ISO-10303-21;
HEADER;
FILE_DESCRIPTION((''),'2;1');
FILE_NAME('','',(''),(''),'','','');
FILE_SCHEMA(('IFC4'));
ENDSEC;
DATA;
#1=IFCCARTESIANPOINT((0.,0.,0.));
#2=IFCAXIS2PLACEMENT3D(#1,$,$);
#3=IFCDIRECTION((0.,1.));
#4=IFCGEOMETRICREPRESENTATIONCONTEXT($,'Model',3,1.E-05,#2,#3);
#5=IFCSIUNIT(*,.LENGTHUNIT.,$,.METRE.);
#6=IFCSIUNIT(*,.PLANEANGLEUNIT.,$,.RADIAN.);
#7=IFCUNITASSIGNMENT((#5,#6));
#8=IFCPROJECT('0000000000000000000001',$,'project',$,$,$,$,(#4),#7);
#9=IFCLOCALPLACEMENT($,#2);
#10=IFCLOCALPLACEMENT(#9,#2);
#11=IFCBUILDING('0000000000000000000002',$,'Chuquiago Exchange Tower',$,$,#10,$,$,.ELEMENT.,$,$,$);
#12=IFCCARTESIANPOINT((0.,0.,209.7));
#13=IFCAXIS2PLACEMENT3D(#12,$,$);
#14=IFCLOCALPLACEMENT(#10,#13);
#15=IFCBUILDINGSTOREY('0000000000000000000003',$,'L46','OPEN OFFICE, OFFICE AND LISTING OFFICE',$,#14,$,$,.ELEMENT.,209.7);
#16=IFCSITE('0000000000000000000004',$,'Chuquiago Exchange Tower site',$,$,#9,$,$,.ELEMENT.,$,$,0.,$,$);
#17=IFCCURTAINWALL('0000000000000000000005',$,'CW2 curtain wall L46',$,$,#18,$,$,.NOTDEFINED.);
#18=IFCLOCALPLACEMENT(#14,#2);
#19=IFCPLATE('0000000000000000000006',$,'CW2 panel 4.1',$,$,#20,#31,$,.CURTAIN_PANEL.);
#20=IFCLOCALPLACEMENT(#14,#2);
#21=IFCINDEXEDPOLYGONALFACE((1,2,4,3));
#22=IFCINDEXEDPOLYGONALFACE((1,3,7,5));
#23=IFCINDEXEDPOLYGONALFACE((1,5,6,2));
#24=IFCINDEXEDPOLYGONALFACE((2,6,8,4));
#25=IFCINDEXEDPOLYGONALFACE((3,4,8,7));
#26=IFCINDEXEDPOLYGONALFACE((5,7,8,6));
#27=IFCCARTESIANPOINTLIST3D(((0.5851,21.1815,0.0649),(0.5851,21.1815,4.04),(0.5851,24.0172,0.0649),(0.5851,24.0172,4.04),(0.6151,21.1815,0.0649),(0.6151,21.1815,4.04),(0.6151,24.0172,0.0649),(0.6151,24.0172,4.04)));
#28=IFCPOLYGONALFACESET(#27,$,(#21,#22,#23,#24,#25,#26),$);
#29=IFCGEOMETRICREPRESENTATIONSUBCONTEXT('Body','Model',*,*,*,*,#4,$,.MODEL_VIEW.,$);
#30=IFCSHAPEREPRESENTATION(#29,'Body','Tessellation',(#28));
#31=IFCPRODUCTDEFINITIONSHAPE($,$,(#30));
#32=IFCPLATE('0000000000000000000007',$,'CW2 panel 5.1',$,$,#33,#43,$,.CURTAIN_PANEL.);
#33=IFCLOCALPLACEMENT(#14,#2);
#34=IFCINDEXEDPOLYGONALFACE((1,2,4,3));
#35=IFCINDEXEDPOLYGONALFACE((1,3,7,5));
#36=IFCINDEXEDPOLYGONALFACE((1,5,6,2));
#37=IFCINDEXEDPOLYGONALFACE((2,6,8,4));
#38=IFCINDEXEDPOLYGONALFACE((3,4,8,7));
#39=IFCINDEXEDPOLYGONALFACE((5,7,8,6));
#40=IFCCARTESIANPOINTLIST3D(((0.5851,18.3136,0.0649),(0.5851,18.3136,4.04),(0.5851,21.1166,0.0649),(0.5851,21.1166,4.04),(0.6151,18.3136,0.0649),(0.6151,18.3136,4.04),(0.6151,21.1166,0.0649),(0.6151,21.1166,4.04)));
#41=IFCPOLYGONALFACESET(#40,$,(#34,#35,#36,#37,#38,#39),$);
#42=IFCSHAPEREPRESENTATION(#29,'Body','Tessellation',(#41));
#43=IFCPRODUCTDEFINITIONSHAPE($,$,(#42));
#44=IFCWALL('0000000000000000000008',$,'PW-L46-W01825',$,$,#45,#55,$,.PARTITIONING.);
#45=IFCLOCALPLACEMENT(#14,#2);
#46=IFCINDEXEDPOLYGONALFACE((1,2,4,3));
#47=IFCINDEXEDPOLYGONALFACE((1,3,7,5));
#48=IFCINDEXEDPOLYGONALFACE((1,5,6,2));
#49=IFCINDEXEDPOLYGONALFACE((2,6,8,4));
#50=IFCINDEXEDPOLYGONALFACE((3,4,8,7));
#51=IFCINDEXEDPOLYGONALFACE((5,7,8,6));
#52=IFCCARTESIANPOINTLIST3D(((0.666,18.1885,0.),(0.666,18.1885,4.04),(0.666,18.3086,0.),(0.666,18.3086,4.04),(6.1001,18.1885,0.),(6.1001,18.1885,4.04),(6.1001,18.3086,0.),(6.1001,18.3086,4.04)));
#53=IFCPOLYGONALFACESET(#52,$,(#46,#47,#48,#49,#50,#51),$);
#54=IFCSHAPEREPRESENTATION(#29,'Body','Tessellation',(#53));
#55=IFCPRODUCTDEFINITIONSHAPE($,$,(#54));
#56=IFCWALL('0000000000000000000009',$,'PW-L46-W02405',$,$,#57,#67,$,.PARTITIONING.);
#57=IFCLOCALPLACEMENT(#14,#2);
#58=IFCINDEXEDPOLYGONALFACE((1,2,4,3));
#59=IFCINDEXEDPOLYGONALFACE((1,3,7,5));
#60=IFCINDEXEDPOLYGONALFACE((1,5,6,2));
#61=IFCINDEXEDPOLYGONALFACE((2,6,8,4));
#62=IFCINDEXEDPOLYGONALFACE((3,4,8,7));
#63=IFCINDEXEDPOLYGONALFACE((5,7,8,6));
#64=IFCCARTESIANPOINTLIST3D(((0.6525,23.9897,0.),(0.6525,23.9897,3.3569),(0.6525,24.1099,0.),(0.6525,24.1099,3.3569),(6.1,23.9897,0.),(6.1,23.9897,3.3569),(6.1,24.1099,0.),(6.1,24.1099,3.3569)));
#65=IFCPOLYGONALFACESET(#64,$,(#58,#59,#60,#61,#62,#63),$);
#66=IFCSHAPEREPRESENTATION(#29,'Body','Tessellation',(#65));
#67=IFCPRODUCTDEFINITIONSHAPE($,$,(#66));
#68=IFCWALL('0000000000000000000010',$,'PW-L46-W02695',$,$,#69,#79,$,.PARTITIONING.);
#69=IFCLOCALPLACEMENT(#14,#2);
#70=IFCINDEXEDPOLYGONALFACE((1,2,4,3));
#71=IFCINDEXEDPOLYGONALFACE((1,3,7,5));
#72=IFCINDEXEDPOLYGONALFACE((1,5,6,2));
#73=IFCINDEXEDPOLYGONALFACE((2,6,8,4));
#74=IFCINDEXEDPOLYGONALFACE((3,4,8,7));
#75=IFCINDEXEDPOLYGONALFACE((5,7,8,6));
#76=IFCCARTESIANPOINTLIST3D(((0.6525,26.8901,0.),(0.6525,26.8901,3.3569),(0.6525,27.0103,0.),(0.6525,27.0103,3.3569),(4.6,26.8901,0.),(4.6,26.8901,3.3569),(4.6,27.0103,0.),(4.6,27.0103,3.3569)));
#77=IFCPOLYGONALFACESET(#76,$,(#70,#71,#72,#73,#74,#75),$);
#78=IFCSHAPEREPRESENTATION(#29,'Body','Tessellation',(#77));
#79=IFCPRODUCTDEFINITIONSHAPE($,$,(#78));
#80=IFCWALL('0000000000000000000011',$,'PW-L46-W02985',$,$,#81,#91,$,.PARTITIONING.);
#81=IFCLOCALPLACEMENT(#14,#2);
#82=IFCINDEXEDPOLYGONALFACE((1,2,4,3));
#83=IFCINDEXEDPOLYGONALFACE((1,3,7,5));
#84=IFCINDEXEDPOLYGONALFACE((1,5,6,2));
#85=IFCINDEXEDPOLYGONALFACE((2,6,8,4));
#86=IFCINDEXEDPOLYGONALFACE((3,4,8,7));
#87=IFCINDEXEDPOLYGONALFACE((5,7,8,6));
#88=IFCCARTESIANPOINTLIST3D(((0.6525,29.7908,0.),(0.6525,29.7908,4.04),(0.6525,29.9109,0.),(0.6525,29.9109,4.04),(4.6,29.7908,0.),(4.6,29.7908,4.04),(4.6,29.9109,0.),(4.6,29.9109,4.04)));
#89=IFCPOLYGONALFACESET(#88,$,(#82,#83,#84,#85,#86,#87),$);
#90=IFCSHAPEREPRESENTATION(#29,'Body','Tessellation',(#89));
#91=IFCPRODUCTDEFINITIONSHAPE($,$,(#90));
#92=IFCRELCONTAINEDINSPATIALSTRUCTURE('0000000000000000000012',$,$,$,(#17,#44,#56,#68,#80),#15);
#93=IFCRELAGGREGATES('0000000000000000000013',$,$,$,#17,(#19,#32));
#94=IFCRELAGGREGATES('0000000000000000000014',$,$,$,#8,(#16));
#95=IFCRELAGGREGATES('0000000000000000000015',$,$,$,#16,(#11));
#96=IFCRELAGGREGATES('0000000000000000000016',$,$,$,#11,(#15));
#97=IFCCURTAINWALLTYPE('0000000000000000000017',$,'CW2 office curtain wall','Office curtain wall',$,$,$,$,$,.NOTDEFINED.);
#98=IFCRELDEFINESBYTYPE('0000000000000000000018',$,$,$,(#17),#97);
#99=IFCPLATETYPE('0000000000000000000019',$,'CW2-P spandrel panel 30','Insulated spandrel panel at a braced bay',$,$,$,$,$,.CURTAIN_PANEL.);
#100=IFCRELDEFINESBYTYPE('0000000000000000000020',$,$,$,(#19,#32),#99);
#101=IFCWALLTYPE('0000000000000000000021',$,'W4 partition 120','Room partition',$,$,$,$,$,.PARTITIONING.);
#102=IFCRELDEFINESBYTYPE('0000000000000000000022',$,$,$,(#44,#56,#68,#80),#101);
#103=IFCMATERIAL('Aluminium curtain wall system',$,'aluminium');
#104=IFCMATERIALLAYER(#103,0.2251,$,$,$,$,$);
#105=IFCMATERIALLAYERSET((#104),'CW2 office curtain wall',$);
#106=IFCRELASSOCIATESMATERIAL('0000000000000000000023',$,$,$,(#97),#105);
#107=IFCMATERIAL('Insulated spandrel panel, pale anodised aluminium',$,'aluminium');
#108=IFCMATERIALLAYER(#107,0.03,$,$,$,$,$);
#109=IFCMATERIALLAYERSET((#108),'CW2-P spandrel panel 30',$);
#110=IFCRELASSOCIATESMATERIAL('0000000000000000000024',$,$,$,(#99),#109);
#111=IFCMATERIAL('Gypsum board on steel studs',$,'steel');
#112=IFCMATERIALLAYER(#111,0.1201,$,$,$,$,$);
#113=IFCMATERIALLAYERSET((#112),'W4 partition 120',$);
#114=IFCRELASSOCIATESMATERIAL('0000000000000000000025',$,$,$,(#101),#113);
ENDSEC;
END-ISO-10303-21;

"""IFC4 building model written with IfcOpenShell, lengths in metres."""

from ifc_helpers import new_model, si_unit, direction, frame, frame_2d, origin, origin_2d, place, context, subcontext, project, spatial, rectangle, extrude, material, layer, layer_set, type_object, element, aggregate, save


model = new_model("IFC4")

# Units and contexts
model_context = context("Model", 3, precision=1e-05, world=origin(), true_north=direction((0.0, 1.0)))
body_context = subcontext(model_context, "Body", "Model", "MODEL_VIEW")
ifc_project = project(units=[si_unit("LENGTHUNIT", "METRE"), si_unit("PLANEANGLEUNIT", "RADIAN")], contexts=[model_context])

# Site, building, storey
site_placement = place(None, origin())
site = spatial("IfcSite", under=ifc_project, at=site_placement, Name="Chuquiago Exchange Tower site", CompositionType="ELEMENT", RefElevation=0.0)
building_placement = place(site_placement, origin())
building = spatial("IfcBuilding", under=site, at=building_placement, Name="Chuquiago Exchange Tower", CompositionType="ELEMENT")
storey_placement = place(building_placement, frame((0.0, 0.0, 209.7)))
storey = spatial("IfcBuildingStorey", under=building, at=storey_placement, Name="L46", Description="OPEN OFFICE, OFFICE AND LISTING OFFICE", CompositionType="ELEMENT", Elevation=209.7)

# Curtain wall
ifc_material_1 = material(Name="Aluminium curtain wall system", Category="aluminium")
ifc_layer_1 = layer(ifc_material_1, 0.2251)
ifc_layer_set_1 = layer_set([ifc_layer_1], Name="CW2 office curtain wall")
curtain_wall_type_1 = type_object("IfcCurtainWallType", Name="CW2 office curtain wall", Description="Office curtain wall", PredefinedType="NOTDEFINED", material=ifc_layer_set_1)
curtain_wall_1_placement = place(storey_placement, origin())
curtain_wall_1 = element("IfcCurtainWall", 1, at=curtain_wall_1_placement, inside=storey, type_object=curtain_wall_type_1, Name="CW2 curtain wall L46", PredefinedType="NOTDEFINED")

# Plates
ifc_material_2 = material(Name="Insulated spandrel panel, pale anodised aluminium", Category="aluminium")
ifc_layer_2 = layer(ifc_material_2, 0.03)
ifc_layer_set_2 = layer_set([ifc_layer_2], Name="CW2-P spandrel panel 30")
plate_type_1 = type_object("IfcPlateType", Name="CW2-P spandrel panel 30", Description="Insulated spandrel panel at a braced bay", PredefinedType="CURTAIN_PANEL", material=ifc_layer_set_2)
plate_1_placement = place(storey_placement, frame((0.6001, 22.5994, 0.0649), z_axis=(0.0, 0.0, 1.0), x_axis=(0.0, -1.0, 0.0)))
plate_1 = element("IfcPlate", 2, at=plate_1_placement, type_object=plate_type_1, Name="CW2 panel 4.1", PredefinedType="CURTAIN_PANEL", context=body_context, shape_type="SweptSolid", body=[
    extrude(rectangle(XDim=2.8357, YDim=0.03, at=origin_2d()), origin(), (0.0, 0.0, 1.0), 3.9751),
])
plate_2_placement = place(storey_placement, frame((0.6001, 19.7151, 0.0649), z_axis=(0.0, 0.0, 1.0), x_axis=(0.0, -1.0, 0.0)))
plate_2 = element("IfcPlate", 3, at=plate_2_placement, type_object=plate_type_1, Name="CW2 panel 5.1", PredefinedType="CURTAIN_PANEL", context=body_context, shape_type="SweptSolid", body=[
    extrude(rectangle(XDim=2.803, YDim=0.03, at=origin_2d()), origin(), (0.0, 0.0, 1.0), 3.9751),
])
aggregate(curtain_wall_1, [plate_1, plate_2])

# Walls
ifc_material_3 = material(Name="Gypsum board on steel studs", Category="steel")
ifc_layer_3 = layer(ifc_material_3, 0.1201)
ifc_layer_set_3 = layer_set([ifc_layer_3], Name="W4 partition 120")
wall_type = type_object("IfcWallType", Name="W4 partition 120", Description="Room partition", PredefinedType="PARTITIONING", material=ifc_layer_set_3)
wall_1_placement = place(storey_placement, frame((0.666, 18.2485, 0.0), z_axis=(0.0, 0.0, 1.0), x_axis=(1.0, 0.0, 0.0)))
element("IfcWall", 4, at=wall_1_placement, inside=storey, type_object=wall_type, Name="PW-L46-W01825", PredefinedType="PARTITIONING", context=body_context, shape_type="SweptSolid", body=[
    extrude(rectangle(XDim=5.4341, YDim=0.1201, at=frame_2d((2.717, 0.0))), origin(), (0.0, 0.0, 1.0), 4.04),
])
wall_2_placement = place(storey_placement, frame((0.6526, 24.0498, 0.0), z_axis=(0.0, 0.0, 1.0), x_axis=(1.0, 0.0, 0.0)))
element("IfcWall", 5, at=wall_2_placement, inside=storey, type_object=wall_type, Name="PW-L46-W02405", PredefinedType="PARTITIONING", context=body_context, shape_type="SweptSolid", body=[
    extrude(rectangle(XDim=5.4475, YDim=0.1201, at=frame_2d((2.7236, 0.0))), origin(), (0.0, 0.0, 1.0), 3.3569),
])
wall_3_placement = place(storey_placement, frame((0.6526, 26.9502, 0.0), z_axis=(0.0, 0.0, 1.0), x_axis=(1.0, 0.0, 0.0)))
element("IfcWall", 6, at=wall_3_placement, inside=storey, type_object=wall_type, Name="PW-L46-W02695", PredefinedType="PARTITIONING", context=body_context, shape_type="SweptSolid", body=[
    extrude(rectangle(XDim=3.9475, YDim=0.1201, at=frame_2d((1.9736, 0.0))), origin(), (0.0, 0.0, 1.0), 3.3569),
])
wall_4_placement = place(storey_placement, frame((0.6526, 29.8508, 0.0), z_axis=(0.0, 0.0, 1.0), x_axis=(1.0, 0.0, 0.0)))
element("IfcWall", 7, at=wall_4_placement, inside=storey, type_object=wall_type, Name="PW-L46-W02985", PredefinedType="PARTITIONING", context=body_context, shape_type="SweptSolid", body=[
    extrude(rectangle(XDim=3.9475, YDim=0.1201, at=frame_2d((1.9736, 0.0))), origin(), (0.0, 0.0, 1.0), 4.04),
])

save(model, "model.ifc")
